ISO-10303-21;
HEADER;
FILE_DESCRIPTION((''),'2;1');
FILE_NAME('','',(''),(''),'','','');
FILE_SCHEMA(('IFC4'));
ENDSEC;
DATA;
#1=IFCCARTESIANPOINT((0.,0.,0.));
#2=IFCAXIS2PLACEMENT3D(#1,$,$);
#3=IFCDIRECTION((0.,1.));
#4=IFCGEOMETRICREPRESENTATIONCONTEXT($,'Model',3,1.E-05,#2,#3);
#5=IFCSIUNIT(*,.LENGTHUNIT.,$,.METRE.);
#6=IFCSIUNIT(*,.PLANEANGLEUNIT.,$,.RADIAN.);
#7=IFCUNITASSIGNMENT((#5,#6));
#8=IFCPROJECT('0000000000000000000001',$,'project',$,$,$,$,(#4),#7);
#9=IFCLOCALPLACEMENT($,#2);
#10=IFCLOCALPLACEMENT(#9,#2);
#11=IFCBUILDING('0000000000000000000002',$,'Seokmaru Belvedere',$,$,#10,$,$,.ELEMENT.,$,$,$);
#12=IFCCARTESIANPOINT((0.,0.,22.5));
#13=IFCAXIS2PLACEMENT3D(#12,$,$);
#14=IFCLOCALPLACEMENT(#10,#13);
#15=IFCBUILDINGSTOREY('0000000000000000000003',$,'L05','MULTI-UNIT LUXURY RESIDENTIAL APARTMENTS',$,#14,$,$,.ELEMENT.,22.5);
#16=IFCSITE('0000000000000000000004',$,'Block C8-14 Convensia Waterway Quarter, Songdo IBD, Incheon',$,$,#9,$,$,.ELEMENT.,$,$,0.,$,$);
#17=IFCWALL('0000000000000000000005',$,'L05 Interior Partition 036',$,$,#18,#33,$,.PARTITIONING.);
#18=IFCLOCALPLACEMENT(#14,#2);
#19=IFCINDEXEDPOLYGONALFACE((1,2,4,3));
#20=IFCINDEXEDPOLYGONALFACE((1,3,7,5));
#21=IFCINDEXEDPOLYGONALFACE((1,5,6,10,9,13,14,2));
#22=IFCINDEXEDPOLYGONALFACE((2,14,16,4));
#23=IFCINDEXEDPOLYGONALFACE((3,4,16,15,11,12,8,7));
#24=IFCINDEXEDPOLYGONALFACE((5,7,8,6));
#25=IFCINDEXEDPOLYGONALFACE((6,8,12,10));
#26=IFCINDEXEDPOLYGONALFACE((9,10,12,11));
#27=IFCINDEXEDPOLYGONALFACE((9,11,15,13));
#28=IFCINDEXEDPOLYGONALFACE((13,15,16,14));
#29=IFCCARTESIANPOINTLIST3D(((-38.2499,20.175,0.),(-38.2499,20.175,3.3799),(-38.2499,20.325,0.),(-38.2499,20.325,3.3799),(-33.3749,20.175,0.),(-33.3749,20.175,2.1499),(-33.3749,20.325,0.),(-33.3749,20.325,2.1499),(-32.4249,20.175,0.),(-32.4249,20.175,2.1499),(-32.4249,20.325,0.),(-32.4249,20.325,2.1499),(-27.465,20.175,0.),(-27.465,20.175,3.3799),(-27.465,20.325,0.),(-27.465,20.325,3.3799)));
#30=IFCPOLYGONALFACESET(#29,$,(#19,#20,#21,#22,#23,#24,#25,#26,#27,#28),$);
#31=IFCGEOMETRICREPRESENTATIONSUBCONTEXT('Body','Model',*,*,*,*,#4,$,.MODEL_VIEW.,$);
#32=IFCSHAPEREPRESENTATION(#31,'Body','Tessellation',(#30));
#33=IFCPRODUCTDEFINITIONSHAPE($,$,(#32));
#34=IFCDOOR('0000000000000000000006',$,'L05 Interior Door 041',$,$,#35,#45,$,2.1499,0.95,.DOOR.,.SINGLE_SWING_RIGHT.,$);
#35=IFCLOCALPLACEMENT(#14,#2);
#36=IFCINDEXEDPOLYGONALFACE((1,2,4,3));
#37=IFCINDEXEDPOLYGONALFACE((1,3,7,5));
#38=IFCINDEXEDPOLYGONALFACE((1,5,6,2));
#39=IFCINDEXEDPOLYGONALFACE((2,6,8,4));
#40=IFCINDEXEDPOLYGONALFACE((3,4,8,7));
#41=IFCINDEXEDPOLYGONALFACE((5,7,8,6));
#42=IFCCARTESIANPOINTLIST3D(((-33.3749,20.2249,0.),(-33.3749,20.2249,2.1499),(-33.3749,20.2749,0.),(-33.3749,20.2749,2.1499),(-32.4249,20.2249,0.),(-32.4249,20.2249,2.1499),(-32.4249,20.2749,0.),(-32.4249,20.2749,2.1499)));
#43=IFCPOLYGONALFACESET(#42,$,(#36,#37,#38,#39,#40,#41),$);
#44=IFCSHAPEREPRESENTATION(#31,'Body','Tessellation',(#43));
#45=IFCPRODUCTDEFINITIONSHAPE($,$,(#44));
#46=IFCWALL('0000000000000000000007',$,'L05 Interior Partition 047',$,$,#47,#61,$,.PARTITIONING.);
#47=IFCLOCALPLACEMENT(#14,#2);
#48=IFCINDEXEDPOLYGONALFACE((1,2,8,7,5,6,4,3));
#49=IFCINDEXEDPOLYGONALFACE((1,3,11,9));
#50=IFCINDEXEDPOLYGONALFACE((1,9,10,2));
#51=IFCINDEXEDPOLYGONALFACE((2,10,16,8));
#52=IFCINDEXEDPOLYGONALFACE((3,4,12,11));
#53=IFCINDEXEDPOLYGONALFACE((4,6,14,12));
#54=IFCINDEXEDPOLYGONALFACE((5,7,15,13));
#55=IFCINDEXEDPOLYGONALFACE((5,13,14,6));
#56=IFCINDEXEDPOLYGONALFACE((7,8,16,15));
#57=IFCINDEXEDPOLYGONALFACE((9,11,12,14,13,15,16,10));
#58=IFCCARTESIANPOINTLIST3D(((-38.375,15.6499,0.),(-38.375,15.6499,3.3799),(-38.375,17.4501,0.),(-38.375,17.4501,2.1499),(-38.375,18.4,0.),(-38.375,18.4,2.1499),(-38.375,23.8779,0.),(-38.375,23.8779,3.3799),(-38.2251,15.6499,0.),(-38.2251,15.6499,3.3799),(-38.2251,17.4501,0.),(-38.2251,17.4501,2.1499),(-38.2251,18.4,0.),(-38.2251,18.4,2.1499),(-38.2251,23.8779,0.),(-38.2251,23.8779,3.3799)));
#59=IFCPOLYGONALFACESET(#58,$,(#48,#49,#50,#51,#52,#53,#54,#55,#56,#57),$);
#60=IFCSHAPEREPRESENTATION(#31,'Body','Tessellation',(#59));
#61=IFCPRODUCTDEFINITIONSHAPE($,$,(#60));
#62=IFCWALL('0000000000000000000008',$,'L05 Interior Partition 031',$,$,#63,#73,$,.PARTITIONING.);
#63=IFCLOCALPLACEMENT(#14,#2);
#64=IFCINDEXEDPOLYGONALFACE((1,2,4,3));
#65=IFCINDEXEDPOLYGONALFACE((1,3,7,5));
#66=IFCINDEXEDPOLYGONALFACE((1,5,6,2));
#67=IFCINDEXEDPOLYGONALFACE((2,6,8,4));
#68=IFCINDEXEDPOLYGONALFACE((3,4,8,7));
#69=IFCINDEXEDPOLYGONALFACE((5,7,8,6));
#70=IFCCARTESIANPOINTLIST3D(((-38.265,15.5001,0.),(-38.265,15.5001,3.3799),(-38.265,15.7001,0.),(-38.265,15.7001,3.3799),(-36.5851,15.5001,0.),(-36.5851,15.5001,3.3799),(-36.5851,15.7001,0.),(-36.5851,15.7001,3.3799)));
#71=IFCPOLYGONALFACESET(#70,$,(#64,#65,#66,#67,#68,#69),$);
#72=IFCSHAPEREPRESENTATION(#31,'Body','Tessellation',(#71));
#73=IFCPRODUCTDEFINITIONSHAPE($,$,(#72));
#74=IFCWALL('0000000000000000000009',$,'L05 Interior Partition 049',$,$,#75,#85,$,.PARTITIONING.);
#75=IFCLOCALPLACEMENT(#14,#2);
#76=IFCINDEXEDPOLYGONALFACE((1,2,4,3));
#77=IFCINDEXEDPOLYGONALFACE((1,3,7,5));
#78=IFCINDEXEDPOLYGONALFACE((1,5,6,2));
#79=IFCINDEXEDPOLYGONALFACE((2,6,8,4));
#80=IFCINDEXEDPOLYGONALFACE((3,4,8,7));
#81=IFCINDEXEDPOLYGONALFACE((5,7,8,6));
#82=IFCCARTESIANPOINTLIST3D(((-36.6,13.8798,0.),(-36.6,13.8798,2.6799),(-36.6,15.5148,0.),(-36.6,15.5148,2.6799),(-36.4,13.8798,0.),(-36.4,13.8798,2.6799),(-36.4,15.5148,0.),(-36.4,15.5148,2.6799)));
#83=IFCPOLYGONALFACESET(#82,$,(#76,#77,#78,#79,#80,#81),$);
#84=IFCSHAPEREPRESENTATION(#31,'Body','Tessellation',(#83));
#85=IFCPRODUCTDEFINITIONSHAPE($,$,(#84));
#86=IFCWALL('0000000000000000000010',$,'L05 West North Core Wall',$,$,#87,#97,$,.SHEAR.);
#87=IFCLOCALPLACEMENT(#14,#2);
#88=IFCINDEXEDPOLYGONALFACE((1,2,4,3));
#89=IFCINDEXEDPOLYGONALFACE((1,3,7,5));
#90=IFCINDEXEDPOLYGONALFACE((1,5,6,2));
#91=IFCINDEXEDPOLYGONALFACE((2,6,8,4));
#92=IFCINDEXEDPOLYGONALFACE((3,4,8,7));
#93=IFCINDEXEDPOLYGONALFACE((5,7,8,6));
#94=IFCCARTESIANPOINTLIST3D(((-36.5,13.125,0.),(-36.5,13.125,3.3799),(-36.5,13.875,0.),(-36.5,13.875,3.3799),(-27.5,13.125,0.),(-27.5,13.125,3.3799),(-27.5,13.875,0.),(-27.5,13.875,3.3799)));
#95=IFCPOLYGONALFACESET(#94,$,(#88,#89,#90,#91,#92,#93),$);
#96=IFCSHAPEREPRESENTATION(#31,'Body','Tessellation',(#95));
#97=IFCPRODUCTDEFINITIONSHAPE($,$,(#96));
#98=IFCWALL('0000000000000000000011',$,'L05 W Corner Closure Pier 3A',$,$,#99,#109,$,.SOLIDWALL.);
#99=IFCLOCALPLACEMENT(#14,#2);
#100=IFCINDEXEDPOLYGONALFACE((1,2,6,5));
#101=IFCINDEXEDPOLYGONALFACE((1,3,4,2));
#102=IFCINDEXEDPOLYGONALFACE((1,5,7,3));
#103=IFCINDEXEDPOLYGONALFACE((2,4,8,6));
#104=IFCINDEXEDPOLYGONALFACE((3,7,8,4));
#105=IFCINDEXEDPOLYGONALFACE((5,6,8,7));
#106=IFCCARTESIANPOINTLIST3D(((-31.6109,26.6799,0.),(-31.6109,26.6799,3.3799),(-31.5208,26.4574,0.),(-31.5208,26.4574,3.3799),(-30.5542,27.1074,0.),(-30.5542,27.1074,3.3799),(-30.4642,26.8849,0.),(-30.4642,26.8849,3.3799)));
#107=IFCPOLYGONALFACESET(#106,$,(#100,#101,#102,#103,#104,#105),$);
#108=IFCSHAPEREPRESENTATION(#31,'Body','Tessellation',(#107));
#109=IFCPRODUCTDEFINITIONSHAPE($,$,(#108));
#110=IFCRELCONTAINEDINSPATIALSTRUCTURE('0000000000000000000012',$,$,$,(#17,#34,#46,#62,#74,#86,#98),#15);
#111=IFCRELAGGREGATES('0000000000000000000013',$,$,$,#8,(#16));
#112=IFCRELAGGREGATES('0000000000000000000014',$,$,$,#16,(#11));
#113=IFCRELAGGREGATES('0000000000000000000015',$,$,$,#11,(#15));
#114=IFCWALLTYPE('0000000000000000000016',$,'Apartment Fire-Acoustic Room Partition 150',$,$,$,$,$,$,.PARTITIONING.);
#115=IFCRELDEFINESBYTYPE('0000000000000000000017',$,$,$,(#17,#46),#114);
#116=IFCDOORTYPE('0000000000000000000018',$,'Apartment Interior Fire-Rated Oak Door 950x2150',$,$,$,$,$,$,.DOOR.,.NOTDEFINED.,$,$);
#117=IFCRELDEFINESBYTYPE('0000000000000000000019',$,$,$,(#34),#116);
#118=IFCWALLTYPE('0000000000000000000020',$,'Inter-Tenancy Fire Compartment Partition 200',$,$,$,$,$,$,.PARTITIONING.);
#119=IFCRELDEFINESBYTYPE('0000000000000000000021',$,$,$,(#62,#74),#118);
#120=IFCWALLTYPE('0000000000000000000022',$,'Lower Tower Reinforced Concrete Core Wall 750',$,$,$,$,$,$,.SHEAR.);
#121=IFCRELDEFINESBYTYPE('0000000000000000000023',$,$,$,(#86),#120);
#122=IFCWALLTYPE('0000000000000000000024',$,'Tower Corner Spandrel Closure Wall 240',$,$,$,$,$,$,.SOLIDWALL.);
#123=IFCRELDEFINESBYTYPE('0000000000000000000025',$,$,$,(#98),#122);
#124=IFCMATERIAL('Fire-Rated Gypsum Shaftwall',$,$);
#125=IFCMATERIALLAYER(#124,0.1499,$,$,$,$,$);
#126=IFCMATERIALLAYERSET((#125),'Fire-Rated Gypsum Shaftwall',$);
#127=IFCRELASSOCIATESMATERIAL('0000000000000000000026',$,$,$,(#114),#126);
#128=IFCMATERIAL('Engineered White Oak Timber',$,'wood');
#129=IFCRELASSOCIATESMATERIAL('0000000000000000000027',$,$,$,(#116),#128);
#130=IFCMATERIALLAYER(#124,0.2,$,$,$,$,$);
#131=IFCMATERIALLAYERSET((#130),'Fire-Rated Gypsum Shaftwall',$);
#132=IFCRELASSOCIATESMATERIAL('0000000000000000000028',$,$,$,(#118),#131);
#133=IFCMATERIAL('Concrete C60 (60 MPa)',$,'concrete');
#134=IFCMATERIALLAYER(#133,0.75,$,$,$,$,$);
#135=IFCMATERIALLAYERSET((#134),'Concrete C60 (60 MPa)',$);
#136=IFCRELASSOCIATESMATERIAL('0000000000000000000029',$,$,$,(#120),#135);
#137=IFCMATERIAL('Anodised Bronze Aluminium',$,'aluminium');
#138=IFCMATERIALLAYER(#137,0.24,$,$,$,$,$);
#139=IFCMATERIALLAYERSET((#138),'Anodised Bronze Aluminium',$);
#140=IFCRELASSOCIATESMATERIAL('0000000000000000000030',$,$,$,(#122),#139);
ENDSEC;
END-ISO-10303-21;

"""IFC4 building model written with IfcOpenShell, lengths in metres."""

from ifc_helpers import new_model, si_unit, direction, frame, frame_2d, origin, place, context, subcontext, project, spatial, rectangle, extrude, source, transform, mapped, material, layer, layer_set, type_object, type_shapes, element, fill, save


model = new_model("IFC4")

# Units and contexts
model_context = context("Model", 3, precision=1e-05, world=origin(), true_north=direction((0.0, 1.0)))
body_context = subcontext(model_context, "Body", "Model", "MODEL_VIEW")
ifc_project = project(units=[si_unit("LENGTHUNIT", "METRE"), si_unit("PLANEANGLEUNIT", "RADIAN")], contexts=[model_context])

# Site, building, storey
site_placement = place(None, origin())
site = spatial("IfcSite", under=ifc_project, at=site_placement, Name="Block C8-14 Convensia Waterway Quarter, Songdo IBD, Incheon", CompositionType="ELEMENT", RefElevation=0.0)
building_placement = place(site_placement, origin())
building = spatial("IfcBuilding", under=site, at=building_placement, Name="Seokmaru Belvedere", CompositionType="ELEMENT")
storey_placement = place(building_placement, frame((0.0, 0.0, 22.5)))
storey = spatial("IfcBuildingStorey", under=building, at=storey_placement, Name="L05", Description="MULTI-UNIT LUXURY RESIDENTIAL APARTMENTS", CompositionType="ELEMENT", Elevation=22.5)

# Shared definitions
ifc_material_1 = material(Name="Anodised Bronze Aluminium", Category="aluminium")

# Wall, opening, door
ifc_material_2 = material(Name="Fire-Rated Gypsum Shaftwall")
ifc_layer_1 = layer(ifc_material_2, 0.1499)
ifc_layer_set_1 = layer_set([ifc_layer_1], Name="Fire-Rated Gypsum Shaftwall")
wall_type_1 = type_object("IfcWallType", Name="Apartment Fire-Acoustic Room Partition 150", PredefinedType="PARTITIONING", material=ifc_layer_set_1)
wall_1_placement = place(storey_placement, frame((-38.25, 20.25, 0.0), z_axis=(0.0, 0.0, 1.0), x_axis=(1.0, 0.0, 0.0)))
wall_1 = element("IfcWall", 1, at=wall_1_placement, inside=storey, type_object=wall_type_1, Name="L05 Interior Partition 036", PredefinedType="PARTITIONING", context=body_context, shape_type="SweptSolid", body=[
    extrude(rectangle(XDim=10.7849, YDim=0.1499, at=frame_2d((5.3926, 0.0))), origin(), (0.0, 0.0, 1.0), 3.3799),
])
opening_1_placement = place(wall_1_placement, frame((4.875, 0.0, 0.0)))
opening_1 = element("IfcOpeningElement", 2, at=opening_1_placement, cuts=wall_1, PredefinedType="OPENING", context=body_context, shape_type="SweptSolid", body=[
    extrude(rectangle(XDim=0.95, YDim=2.1499, at=frame_2d((0.4751, 1.075))), frame((0.0, 0.085, 0.0), z_axis=(0.0, -1.0, 0.0), x_axis=(1.0, 0.0, 0.0)), (0.0, 0.0, 1.0), 0.1699),
])
ifc_material_3 = material(Name="Engineered White Oak Timber", Category="wood")
door_type = type_object("IfcDoorType", Name="Apartment Interior Fire-Rated Oak Door 950x2150", OperationType="NOTDEFINED", PredefinedType="DOOR", material=ifc_material_3)
shared_shape_1 = source(origin(), body_context, "Body", "SweptSolid", [
    extrude(rectangle(XDim=0.95, YDim=2.1499, at=frame_2d((0.4751, 1.075))), frame((0.0, 0.0249, 0.0), z_axis=(0.0, -1.0, 0.0), x_axis=(1.0, 0.0, 0.0)), (0.0, 0.0, 1.0), 0.05),
])
type_shapes(door_type, [shared_shape_1])
door_placement = place(opening_1_placement, origin())
door = element("IfcDoor", 3, at=door_placement, inside=storey, type_object=door_type, Name="L05 Interior Door 041", OperationType="SINGLE_SWING_RIGHT", OverallHeight=2.1499, OverallWidth=0.95, PredefinedType="DOOR", context=body_context, shape_type="MappedRepresentation", body=[
    mapped(shared_shape_1, transform((0.0, 0.0, 0.0), scale=1.0)),
])
fill(opening_1, door)

# Wall, opening
wall_2_placement = place(storey_placement, frame((-38.3, 15.6499, 0.0), z_axis=(0.0, 0.0, 1.0), x_axis=(0.0, 1.0, 0.0)))
wall_2 = element("IfcWall", 4, at=wall_2_placement, inside=storey, type_object=wall_type_1, Name="L05 Interior Partition 047", PredefinedType="PARTITIONING", context=body_context, shape_type="SweptSolid", body=[
    extrude(rectangle(XDim=8.228, YDim=0.1499, at=frame_2d((4.114, 0.0))), origin(), (0.0, 0.0, 1.0), 3.3799),
])
opening_2_placement = place(wall_2_placement, frame((1.8, 0.0, 0.0)))
element("IfcOpeningElement", 5, at=opening_2_placement, cuts=wall_2, PredefinedType="OPENING", context=body_context, shape_type="SweptSolid", body=[
    extrude(rectangle(XDim=0.95, YDim=2.1499, at=frame_2d((0.4751, 1.075))), frame((0.0, 0.085, 0.0), z_axis=(0.0, -1.0, 0.0), x_axis=(1.0, 0.0, 0.0)), (0.0, 0.0, 1.0), 0.1699),
])

# Walls
ifc_layer_2 = layer(ifc_material_2, 0.2)
ifc_layer_set_2 = layer_set([ifc_layer_2], Name="Fire-Rated Gypsum Shaftwall")
wall_type_2 = type_object("IfcWallType", Name="Inter-Tenancy Fire Compartment Partition 200", PredefinedType="PARTITIONING", material=ifc_layer_set_2)
wall_3_placement = place(storey_placement, frame((-38.2649, 15.6001, 0.0), z_axis=(0.0, 0.0, 1.0), x_axis=(1.0, 0.0, 0.0)))
element("IfcWall", 6, at=wall_3_placement, inside=storey, type_object=wall_type_2, Name="L05 Interior Partition 031", PredefinedType="PARTITIONING", context=body_context, shape_type="SweptSolid", body=[
    extrude(rectangle(XDim=1.6799, YDim=0.2, at=frame_2d((0.8398, 0.0))), origin(), (0.0, 0.0, 1.0), 3.3799),
])
wall_4_placement = place(storey_placement, frame((-36.5, 13.8799, 0.0), z_axis=(0.0, 0.0, 1.0), x_axis=(0.0, 1.0, 0.0)))
element("IfcWall", 7, at=wall_4_placement, inside=storey, type_object=wall_type_2, Name="L05 Interior Partition 049", PredefinedType="PARTITIONING", context=body_context, shape_type="SweptSolid", body=[
    extrude(rectangle(XDim=1.635, YDim=0.2, at=frame_2d((0.8174, 0.0))), origin(), (0.0, 0.0, 1.0), 2.6799),
])
ifc_material_4 = material(Name="Concrete C60 (60 MPa)", Category="concrete")
ifc_layer_3 = layer(ifc_material_4, 0.75)
ifc_layer_set_3 = layer_set([ifc_layer_3], Name="Concrete C60 (60 MPa)")
wall_type_3 = type_object("IfcWallType", Name="Lower Tower Reinforced Concrete Core Wall 750", PredefinedType="SHEAR", material=ifc_layer_set_3)
wall_5_placement = place(storey_placement, frame((-36.5, 13.5, 0.0), z_axis=(0.0, 0.0, 1.0), x_axis=(1.0, 0.0, 0.0)))
element("IfcWall", 8, at=wall_5_placement, inside=storey, type_object=wall_type_3, Name="L05 West North Core Wall", PredefinedType="SHEAR", context=body_context, shape_type="SweptSolid", body=[
    extrude(rectangle(XDim=9.0, YDim=0.75, at=frame_2d((4.5, 0.0))), origin(), (0.0, 0.0, 1.0), 3.3799),
])
ifc_layer_4 = layer(ifc_material_1, 0.24)
ifc_layer_set_4 = layer_set([ifc_layer_4], Name="Anodised Bronze Aluminium")
wall_type_4 = type_object("IfcWallType", Name="Tower Corner Spandrel Closure Wall 240", PredefinedType="SOLIDWALL", material=ifc_layer_set_4)
wall_6_placement = place(storey_placement, frame((-30.5093, 26.9961, 0.0), z_axis=(0.0, 0.0, 1.0), x_axis=(-0.927007, -0.375044, 0.0)))
element("IfcWall", 9, at=wall_6_placement, inside=storey, type_object=wall_type_4, Name="L05 W Corner Closure Pier 3A", PredefinedType="SOLIDWALL", context=body_context, shape_type="SweptSolid", body=[
    extrude(rectangle(XDim=1.1399, YDim=0.24, at=frame_2d((0.5698, 0.0))), origin(), (0.0, 0.0, 1.0), 3.3799),
])

save(model, "model.ifc")
